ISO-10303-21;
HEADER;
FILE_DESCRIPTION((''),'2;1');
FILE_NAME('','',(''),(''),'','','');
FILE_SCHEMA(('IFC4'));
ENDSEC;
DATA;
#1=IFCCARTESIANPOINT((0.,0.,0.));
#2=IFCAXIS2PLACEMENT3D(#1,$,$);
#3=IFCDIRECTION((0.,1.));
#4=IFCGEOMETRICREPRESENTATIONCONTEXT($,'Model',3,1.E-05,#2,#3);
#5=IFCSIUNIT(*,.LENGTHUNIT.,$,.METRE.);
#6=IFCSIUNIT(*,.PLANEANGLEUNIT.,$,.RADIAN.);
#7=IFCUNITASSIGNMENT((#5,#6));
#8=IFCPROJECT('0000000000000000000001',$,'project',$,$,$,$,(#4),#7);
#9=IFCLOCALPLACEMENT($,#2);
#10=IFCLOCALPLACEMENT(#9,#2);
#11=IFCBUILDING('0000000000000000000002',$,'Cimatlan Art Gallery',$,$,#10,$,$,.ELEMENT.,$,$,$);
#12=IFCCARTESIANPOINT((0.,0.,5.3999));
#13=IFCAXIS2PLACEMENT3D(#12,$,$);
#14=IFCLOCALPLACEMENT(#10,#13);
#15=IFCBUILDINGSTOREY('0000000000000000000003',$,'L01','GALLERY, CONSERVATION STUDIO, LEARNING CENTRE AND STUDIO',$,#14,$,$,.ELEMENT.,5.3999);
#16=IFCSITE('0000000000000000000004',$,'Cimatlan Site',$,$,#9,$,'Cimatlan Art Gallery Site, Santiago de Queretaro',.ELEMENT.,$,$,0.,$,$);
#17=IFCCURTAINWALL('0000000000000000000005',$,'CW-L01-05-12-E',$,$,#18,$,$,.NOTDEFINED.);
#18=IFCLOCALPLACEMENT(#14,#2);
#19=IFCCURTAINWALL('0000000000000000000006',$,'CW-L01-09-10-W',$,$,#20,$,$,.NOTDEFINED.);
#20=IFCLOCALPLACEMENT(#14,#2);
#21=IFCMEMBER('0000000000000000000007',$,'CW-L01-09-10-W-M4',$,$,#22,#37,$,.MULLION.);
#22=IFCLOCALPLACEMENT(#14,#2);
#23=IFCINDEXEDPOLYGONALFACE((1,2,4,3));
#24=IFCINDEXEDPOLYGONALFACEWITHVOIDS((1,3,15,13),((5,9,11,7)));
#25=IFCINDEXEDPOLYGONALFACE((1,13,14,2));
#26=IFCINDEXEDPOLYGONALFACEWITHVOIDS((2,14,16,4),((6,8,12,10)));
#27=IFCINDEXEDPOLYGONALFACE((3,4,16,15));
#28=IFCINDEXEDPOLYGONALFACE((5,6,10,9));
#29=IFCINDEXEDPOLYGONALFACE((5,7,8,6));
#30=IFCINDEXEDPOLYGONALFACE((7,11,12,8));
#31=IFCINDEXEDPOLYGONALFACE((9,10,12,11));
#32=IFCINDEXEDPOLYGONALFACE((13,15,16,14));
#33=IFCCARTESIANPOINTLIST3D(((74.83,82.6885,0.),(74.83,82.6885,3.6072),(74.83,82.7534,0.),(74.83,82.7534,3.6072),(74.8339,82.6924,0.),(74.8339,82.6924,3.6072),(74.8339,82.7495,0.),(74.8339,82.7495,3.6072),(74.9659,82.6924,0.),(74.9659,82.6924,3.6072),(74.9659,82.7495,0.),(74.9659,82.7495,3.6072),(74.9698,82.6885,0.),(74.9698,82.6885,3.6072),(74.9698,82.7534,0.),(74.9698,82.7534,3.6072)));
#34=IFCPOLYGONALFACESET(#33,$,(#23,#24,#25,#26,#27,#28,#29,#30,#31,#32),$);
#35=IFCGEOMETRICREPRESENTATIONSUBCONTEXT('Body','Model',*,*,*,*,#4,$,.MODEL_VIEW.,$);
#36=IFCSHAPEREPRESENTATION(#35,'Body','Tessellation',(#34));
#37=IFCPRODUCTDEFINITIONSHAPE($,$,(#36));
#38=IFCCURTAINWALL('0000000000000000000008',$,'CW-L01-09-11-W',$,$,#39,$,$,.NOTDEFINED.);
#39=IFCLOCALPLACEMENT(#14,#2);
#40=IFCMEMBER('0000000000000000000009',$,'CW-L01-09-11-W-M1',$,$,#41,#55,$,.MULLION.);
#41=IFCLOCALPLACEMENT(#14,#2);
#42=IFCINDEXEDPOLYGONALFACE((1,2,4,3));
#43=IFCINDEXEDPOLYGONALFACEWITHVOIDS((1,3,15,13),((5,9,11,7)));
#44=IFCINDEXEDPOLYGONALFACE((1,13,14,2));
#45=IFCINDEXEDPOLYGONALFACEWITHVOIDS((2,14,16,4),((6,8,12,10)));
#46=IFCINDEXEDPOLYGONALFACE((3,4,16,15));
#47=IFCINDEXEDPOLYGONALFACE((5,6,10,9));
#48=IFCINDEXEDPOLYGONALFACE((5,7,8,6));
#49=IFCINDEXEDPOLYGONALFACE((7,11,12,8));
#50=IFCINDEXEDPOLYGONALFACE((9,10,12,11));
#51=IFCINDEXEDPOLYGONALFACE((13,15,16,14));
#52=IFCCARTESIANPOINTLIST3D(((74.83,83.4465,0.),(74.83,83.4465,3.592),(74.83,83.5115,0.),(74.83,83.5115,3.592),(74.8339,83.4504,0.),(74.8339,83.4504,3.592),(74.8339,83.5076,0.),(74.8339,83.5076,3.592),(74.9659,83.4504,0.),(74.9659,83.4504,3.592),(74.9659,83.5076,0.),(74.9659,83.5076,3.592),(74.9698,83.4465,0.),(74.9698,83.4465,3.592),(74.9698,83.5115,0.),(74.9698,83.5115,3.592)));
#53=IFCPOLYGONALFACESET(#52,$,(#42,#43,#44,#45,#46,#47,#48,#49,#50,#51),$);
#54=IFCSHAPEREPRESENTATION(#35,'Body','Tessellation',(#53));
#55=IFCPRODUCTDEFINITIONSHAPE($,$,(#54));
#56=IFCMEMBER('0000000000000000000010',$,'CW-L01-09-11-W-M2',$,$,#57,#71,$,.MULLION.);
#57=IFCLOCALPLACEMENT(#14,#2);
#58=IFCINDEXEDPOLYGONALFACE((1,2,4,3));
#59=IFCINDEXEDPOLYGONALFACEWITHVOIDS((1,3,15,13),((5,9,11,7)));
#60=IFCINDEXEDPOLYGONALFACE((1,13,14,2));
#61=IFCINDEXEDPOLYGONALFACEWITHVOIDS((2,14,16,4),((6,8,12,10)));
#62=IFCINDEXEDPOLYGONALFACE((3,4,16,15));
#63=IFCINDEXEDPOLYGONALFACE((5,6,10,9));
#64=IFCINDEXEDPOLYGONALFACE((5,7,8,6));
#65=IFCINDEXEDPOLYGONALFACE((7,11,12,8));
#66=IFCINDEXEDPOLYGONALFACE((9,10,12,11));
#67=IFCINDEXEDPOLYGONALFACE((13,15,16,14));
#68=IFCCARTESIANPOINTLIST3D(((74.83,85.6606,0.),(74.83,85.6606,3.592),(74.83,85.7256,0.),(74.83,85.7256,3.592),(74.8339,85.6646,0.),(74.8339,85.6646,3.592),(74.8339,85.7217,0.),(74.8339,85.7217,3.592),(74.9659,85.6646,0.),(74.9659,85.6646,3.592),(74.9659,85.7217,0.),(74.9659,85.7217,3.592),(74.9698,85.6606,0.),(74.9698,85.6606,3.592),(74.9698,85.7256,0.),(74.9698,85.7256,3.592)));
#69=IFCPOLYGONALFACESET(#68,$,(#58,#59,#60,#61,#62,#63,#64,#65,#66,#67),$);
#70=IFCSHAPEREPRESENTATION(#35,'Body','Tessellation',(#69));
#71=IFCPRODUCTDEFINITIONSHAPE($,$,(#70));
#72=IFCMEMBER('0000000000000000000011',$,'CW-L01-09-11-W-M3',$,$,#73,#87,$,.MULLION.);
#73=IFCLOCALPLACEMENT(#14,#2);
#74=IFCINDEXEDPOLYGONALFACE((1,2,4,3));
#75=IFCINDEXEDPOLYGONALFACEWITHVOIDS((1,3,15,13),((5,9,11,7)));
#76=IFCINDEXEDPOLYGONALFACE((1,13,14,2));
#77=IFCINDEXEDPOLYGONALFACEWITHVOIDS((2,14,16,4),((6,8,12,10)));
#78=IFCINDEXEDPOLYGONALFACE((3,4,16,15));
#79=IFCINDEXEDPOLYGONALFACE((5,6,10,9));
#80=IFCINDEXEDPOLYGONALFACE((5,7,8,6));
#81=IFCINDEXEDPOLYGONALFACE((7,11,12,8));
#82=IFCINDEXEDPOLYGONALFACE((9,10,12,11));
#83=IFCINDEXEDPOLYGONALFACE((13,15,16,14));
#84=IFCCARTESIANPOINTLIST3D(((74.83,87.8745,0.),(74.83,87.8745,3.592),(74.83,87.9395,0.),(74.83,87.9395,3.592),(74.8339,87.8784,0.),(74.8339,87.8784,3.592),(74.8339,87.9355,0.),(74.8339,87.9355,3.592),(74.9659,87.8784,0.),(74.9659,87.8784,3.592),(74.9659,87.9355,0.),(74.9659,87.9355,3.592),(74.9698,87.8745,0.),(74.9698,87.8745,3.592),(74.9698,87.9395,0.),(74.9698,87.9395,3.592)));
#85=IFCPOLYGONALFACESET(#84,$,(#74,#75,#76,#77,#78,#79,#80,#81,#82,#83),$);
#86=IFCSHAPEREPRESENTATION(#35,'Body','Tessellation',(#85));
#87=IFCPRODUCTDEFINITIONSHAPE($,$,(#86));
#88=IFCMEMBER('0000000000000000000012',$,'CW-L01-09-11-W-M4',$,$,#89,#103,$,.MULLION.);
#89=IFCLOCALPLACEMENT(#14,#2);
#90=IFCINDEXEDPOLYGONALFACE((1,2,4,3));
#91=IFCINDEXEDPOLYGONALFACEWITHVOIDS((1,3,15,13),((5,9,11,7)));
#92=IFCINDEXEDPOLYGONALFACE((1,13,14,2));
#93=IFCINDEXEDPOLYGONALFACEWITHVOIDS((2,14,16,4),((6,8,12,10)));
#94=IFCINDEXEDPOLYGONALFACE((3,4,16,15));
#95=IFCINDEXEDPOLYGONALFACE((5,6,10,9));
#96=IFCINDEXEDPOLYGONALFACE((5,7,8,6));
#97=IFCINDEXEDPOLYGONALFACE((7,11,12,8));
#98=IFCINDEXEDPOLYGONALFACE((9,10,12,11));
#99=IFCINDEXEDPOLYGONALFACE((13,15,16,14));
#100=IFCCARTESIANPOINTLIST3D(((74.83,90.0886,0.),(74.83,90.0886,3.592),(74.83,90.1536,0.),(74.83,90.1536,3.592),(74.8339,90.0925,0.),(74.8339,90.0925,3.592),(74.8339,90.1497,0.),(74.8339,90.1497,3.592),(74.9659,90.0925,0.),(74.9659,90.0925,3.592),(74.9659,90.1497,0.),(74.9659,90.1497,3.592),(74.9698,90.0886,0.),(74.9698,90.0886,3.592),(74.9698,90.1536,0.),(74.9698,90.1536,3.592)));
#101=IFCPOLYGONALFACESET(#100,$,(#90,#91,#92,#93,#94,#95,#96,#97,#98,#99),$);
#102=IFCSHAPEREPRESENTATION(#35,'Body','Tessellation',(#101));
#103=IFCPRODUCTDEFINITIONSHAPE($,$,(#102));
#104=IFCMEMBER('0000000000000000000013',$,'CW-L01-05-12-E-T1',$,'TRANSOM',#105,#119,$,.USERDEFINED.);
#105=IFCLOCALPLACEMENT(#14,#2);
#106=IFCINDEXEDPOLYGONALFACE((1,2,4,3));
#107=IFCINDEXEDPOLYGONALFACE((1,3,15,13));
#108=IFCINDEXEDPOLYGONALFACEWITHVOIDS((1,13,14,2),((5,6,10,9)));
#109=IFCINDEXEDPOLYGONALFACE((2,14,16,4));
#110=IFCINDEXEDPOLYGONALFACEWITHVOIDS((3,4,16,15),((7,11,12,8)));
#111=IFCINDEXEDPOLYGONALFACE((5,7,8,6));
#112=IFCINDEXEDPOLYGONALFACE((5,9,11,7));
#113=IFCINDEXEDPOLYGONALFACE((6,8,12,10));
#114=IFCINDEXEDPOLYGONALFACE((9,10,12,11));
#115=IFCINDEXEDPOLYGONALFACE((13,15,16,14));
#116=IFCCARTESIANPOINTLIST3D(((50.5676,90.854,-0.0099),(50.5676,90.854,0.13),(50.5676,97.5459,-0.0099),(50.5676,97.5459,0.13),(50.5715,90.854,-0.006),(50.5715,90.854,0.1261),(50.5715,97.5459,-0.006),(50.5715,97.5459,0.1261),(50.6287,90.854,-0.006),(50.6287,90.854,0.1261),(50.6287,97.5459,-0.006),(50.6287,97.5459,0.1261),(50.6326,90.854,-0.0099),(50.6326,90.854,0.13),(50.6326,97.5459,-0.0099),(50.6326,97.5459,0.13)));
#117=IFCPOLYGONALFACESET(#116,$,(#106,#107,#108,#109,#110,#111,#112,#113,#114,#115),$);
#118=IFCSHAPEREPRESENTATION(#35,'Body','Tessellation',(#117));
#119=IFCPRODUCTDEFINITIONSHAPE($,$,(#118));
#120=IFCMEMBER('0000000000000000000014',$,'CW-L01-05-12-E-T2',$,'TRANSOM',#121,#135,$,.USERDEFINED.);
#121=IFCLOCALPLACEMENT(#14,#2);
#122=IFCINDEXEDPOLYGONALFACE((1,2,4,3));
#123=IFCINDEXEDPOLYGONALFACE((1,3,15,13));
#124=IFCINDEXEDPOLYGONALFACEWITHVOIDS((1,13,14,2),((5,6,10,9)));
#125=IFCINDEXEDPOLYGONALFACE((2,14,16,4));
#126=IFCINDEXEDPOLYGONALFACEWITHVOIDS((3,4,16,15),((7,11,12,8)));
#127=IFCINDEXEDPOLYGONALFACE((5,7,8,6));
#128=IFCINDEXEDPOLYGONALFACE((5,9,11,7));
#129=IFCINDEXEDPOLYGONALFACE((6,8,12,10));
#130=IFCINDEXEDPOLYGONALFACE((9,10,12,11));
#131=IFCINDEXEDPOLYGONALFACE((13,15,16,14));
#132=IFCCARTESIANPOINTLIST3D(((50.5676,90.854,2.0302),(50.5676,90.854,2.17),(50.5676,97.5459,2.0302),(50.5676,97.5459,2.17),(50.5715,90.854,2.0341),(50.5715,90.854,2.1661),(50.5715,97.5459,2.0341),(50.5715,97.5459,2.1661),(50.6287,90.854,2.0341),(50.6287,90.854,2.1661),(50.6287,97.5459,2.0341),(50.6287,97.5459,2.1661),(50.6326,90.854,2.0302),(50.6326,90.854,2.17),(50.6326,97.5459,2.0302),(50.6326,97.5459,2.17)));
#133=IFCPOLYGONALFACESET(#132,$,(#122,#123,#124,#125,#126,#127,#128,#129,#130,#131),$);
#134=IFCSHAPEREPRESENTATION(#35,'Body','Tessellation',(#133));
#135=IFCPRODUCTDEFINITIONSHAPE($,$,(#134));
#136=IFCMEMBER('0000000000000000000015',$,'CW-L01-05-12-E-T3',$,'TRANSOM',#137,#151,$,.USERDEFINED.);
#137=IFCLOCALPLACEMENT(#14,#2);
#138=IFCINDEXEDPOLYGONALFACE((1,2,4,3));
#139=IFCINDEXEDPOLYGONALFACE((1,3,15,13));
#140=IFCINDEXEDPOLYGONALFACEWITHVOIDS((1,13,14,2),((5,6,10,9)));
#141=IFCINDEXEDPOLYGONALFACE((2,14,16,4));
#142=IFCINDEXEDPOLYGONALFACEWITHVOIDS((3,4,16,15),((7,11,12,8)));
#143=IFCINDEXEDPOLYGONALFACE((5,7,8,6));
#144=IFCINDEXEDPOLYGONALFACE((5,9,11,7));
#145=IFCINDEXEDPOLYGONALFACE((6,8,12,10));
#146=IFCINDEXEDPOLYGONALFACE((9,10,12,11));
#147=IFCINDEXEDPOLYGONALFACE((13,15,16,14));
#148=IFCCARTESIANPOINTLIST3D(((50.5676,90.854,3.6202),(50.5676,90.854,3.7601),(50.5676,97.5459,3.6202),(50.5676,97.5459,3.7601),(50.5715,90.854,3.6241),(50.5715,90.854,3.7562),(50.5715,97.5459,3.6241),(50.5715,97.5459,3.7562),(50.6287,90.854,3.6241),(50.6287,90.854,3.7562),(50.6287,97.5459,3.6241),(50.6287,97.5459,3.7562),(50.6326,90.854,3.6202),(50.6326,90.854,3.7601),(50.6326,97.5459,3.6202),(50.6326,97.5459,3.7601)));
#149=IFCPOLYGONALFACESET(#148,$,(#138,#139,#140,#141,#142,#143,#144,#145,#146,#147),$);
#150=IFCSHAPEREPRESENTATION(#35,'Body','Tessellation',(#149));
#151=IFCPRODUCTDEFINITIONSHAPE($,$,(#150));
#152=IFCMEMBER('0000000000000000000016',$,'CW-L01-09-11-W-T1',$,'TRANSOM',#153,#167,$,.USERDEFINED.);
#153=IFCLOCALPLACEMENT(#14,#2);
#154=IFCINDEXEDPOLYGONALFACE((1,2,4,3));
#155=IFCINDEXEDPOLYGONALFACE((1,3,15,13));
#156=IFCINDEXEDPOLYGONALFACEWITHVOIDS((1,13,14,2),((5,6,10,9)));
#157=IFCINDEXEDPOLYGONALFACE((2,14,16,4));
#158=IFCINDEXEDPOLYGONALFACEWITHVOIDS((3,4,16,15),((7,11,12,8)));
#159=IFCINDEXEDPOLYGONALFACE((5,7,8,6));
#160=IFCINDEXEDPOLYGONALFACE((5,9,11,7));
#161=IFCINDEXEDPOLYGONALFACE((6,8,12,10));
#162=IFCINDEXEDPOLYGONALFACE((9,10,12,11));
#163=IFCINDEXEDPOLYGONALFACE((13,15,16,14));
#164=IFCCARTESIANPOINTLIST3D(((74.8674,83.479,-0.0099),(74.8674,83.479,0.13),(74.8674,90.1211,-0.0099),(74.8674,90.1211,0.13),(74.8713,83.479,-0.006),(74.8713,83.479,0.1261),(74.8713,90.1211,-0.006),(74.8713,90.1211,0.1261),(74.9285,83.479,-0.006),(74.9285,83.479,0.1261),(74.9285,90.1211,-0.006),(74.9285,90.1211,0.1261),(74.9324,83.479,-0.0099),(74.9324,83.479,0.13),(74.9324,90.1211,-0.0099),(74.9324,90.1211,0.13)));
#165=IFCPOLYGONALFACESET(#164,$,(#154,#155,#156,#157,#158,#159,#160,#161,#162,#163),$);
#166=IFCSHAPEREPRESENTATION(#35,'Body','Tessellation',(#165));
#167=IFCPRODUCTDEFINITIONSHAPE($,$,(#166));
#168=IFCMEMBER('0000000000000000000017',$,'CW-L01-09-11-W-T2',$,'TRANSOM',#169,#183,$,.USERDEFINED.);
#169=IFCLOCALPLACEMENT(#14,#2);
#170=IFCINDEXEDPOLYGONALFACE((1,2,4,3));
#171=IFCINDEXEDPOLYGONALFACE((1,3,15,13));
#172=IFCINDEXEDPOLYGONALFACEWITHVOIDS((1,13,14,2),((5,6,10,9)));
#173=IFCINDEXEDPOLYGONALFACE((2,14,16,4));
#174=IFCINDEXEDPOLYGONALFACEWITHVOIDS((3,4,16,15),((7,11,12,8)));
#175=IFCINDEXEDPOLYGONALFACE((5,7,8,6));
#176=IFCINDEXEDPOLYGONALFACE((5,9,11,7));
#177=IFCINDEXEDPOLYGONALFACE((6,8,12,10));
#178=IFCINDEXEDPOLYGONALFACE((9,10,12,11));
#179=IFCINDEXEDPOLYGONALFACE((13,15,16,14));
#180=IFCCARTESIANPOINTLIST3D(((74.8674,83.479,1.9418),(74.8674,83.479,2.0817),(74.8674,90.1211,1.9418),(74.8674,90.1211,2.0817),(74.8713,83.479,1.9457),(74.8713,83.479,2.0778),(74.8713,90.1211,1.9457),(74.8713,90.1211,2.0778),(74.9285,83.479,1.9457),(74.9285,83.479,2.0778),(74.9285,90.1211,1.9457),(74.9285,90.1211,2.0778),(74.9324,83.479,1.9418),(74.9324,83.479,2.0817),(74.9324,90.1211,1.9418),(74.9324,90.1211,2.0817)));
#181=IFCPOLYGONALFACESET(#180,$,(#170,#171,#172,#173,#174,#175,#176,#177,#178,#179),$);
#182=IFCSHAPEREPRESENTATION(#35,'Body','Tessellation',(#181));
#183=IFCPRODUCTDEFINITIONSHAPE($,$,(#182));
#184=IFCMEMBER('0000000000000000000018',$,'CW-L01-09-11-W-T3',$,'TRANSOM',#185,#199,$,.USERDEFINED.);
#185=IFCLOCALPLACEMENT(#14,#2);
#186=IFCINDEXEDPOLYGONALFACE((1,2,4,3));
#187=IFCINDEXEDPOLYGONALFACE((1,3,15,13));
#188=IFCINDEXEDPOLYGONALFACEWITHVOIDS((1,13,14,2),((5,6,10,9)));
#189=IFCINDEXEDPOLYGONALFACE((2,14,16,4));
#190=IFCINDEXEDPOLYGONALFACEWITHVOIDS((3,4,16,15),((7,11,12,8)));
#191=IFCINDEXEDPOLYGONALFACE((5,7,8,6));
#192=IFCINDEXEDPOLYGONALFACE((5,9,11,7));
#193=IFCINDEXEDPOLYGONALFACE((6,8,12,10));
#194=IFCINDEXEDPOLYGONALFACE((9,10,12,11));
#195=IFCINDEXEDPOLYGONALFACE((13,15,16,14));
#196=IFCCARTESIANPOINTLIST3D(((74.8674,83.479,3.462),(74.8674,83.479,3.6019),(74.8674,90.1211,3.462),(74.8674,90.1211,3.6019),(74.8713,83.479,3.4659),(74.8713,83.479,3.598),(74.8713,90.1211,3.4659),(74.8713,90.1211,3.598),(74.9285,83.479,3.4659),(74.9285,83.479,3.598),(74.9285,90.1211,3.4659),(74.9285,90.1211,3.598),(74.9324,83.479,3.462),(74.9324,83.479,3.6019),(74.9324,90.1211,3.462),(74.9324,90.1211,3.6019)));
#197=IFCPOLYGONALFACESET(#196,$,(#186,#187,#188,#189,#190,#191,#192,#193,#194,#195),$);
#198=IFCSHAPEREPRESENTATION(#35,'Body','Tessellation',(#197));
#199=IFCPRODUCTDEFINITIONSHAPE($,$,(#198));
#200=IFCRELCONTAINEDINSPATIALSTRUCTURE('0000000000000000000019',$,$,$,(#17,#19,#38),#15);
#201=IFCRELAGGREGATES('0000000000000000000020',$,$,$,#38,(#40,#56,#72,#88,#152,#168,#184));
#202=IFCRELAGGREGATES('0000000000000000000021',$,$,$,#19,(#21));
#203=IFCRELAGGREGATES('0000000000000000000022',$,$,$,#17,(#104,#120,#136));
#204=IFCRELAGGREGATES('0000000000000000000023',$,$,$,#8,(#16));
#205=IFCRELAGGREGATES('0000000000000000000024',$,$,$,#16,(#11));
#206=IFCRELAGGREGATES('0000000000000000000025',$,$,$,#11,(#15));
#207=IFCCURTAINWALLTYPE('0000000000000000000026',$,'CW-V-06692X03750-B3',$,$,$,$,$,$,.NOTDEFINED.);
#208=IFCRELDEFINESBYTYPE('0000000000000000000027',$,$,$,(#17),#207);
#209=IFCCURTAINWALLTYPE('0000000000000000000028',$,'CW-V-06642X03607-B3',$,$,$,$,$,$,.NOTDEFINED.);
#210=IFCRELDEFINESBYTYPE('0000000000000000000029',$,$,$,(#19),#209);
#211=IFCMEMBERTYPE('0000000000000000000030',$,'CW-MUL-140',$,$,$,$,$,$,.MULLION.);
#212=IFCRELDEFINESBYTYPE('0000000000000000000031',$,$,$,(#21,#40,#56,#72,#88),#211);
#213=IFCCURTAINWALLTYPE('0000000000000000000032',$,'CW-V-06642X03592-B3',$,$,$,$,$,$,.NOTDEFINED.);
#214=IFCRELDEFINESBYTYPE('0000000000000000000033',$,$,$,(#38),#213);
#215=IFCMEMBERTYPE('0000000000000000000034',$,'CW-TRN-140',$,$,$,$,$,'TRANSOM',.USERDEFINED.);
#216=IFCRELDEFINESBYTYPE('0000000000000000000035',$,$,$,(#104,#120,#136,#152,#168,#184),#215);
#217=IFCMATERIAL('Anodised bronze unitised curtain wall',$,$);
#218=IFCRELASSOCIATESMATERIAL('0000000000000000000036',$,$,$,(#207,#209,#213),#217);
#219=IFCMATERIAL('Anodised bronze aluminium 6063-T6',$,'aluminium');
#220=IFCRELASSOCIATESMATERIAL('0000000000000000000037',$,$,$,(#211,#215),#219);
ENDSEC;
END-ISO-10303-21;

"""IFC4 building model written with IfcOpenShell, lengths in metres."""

from ifc_helpers import new_model, si_unit, direction, frame, origin, origin_2d, place, context, subcontext, project, spatial, hollow_rectangle, extrude, material, material_profile, profile_set, type_object, element, aggregate, save


model = new_model("IFC4")

# Units and contexts
model_context = context("Model", 3, precision=1e-05, world=origin(), true_north=direction((0.0, 1.0)))
body_context = subcontext(model_context, "Body", "Model", "MODEL_VIEW")
ifc_project = project(units=[si_unit("LENGTHUNIT", "METRE"), si_unit("PLANEANGLEUNIT", "RADIAN")], contexts=[model_context])

# Site, building, storey
site_placement = place(None, origin())
site = spatial("IfcSite", under=ifc_project, at=site_placement, Name="Cimatlan Site", LongName="Cimatlan Art Gallery Site, Santiago de Queretaro", CompositionType="ELEMENT", RefElevation=0.0)
building_placement = place(site_placement, origin())
building = spatial("IfcBuilding", under=site, at=building_placement, Name="Cimatlan Art Gallery", CompositionType="ELEMENT")
storey_placement = place(building_placement, frame((0.0, 0.0, 5.3999)))
storey = spatial("IfcBuildingStorey", under=building, at=storey_placement, Name="L01", Description="GALLERY, CONSERVATION STUDIO, LEARNING CENTRE AND STUDIO", CompositionType="ELEMENT", Elevation=5.3999)

# Curtain wall
ifc_material_1 = material(Name="Anodised bronze unitised curtain wall")
curtain_wall_type_1 = type_object("IfcCurtainWallType", Name="CW-V-06692X03750-B3", PredefinedType="NOTDEFINED", material=ifc_material_1)
curtain_wall_1_placement = place(storey_placement, origin())
curtain_wall_1 = element("IfcCurtainWall", 1, at=curtain_wall_1_placement, inside=storey, type_object=curtain_wall_type_1, Name="CW-L01-05-12-E", PredefinedType="NOTDEFINED")
ifc_material_2 = material(Name="Anodised bronze aluminium 6063-T6", Category="aluminium")
ifc_material_profile_1 = material_profile(ifc_material_2, hollow_rectangle(XDim=0.0649, YDim=0.1399, WallThickness=0.0039, at=origin_2d()), Name="ALU65X140X4")
ifc_profile_set_1 = profile_set([ifc_material_profile_1], Name="Anodised bronze aluminium 6063-T6")
member_type_1 = type_object("IfcMemberType", Name="CW-MUL-140", PredefinedType="MULLION", material=ifc_profile_set_1)

# Curtain wall, member
curtain_wall_type_2 = type_object("IfcCurtainWallType", Name="CW-V-06642X03607-B3", PredefinedType="NOTDEFINED", material=ifc_material_1)
curtain_wall_2_placement = place(storey_placement, origin())
curtain_wall_2 = element("IfcCurtainWall", 2, at=curtain_wall_2_placement, inside=storey, type_object=curtain_wall_type_2, Name="CW-L01-09-10-W", PredefinedType="NOTDEFINED")
member_1_placement = place(storey_placement, frame((74.8999, 82.7209, 0.0), z_axis=(0.0, 0.0, 1.0), x_axis=(0.0, 1.0, 0.0)))
member_1 = element("IfcMember", 3, at=member_1_placement, type_object=member_type_1, Name="CW-L01-09-10-W-M4", PredefinedType="MULLION", context=body_context, shape_type="SweptSolid", body=[
    extrude(hollow_rectangle(XDim=0.0649, YDim=0.1399, WallThickness=0.0039, at=origin_2d()), origin(), (0.0, 0.0, 1.0), 3.6072),
])

# Curtain wall, members
curtain_wall_type_3 = type_object("IfcCurtainWallType", Name="CW-V-06642X03592-B3", PredefinedType="NOTDEFINED", material=ifc_material_1)
curtain_wall_3_placement = place(storey_placement, origin())
curtain_wall_3 = element("IfcCurtainWall", 4, at=curtain_wall_3_placement, inside=storey, type_object=curtain_wall_type_3, Name="CW-L01-09-11-W", PredefinedType="NOTDEFINED")
member_2_placement = place(storey_placement, frame((74.8999, 83.479, 0.0), z_axis=(0.0, 0.0, 1.0), x_axis=(0.0, 1.0, 0.0)))
member_2 = element("IfcMember", 5, at=member_2_placement, type_object=member_type_1, Name="CW-L01-09-11-W-M1", PredefinedType="MULLION", context=body_context, shape_type="SweptSolid", body=[
    extrude(hollow_rectangle(XDim=0.0649, YDim=0.1399, WallThickness=0.0039, at=origin_2d()), origin(), (0.0, 0.0, 1.0), 3.592),
])
member_3_placement = place(storey_placement, frame((74.8999, 85.6931, 0.0), z_axis=(0.0, 0.0, 1.0), x_axis=(0.0, 1.0, 0.0)))
member_3 = element("IfcMember", 6, at=member_3_placement, type_object=member_type_1, Name="CW-L01-09-11-W-M2", PredefinedType="MULLION", context=body_context, shape_type="SweptSolid", body=[
    extrude(hollow_rectangle(XDim=0.0649, YDim=0.1399, WallThickness=0.0039, at=origin_2d()), origin(), (0.0, 0.0, 1.0), 3.592),
])
member_4_placement = place(storey_placement, frame((74.8999, 87.907, 0.0), z_axis=(0.0, 0.0, 1.0), x_axis=(0.0, 1.0, 0.0)))
member_4 = element("IfcMember", 7, at=member_4_placement, type_object=member_type_1, Name="CW-L01-09-11-W-M3", PredefinedType="MULLION", context=body_context, shape_type="SweptSolid", body=[
    extrude(hollow_rectangle(XDim=0.0649, YDim=0.1399, WallThickness=0.0039, at=origin_2d()), origin(), (0.0, 0.0, 1.0), 3.592),
])
member_5_placement = place(storey_placement, frame((74.8999, 90.1211, 0.0), z_axis=(0.0, 0.0, 1.0), x_axis=(0.0, 1.0, 0.0)))
member_5 = element("IfcMember", 8, at=member_5_placement, type_object=member_type_1, Name="CW-L01-09-11-W-M4", PredefinedType="MULLION", context=body_context, shape_type="SweptSolid", body=[
    extrude(hollow_rectangle(XDim=0.0649, YDim=0.1399, WallThickness=0.0039, at=origin_2d()), origin(), (0.0, 0.0, 1.0), 3.592),
])

# Members
ifc_material_profile_2 = material_profile(ifc_material_2, hollow_rectangle(XDim=0.0649, YDim=0.1399, WallThickness=0.0039, at=origin_2d()), Name="ALU65X140X4")
ifc_profile_set_2 = profile_set([ifc_material_profile_2], Name="Anodised bronze aluminium 6063-T6")
member_type_2 = type_object("IfcMemberType", Name="CW-TRN-140", ElementType="TRANSOM", PredefinedType="USERDEFINED", material=ifc_profile_set_2)
member_6_placement = place(storey_placement, frame((50.6001, 97.5459, 0.0601), z_axis=(0.0, -1.0, 0.0), x_axis=(1.0, 0.0, 0.0)))
member_6 = element("IfcMember", 9, at=member_6_placement, type_object=member_type_2, Name="CW-L01-05-12-E-T1", ObjectType="TRANSOM", PredefinedType="USERDEFINED", context=body_context, shape_type="SweptSolid", body=[
    extrude(hollow_rectangle(XDim=0.0649, YDim=0.1399, WallThickness=0.0039, at=origin_2d()), origin(), (0.0, 0.0, 1.0), 6.6919),
])
member_7_placement = place(storey_placement, frame((50.6001, 97.5459, 2.1001), z_axis=(0.0, -1.0, 0.0), x_axis=(1.0, 0.0, 0.0)))
member_7 = element("IfcMember", 10, at=member_7_placement, type_object=member_type_2, Name="CW-L01-05-12-E-T2", ObjectType="TRANSOM", PredefinedType="USERDEFINED", context=body_context, shape_type="SweptSolid", body=[
    extrude(hollow_rectangle(XDim=0.0649, YDim=0.1399, WallThickness=0.0039, at=origin_2d()), origin(), (0.0, 0.0, 1.0), 6.6919),
])
member_8_placement = place(storey_placement, frame((50.6001, 97.5459, 3.6902), z_axis=(0.0, -1.0, 0.0), x_axis=(1.0, 0.0, 0.0)))
member_8 = element("IfcMember", 11, at=member_8_placement, type_object=member_type_2, Name="CW-L01-05-12-E-T3", ObjectType="TRANSOM", PredefinedType="USERDEFINED", context=body_context, shape_type="SweptSolid", body=[
    extrude(hollow_rectangle(XDim=0.0649, YDim=0.1399, WallThickness=0.0039, at=origin_2d()), origin(), (0.0, 0.0, 1.0), 6.6919),
])
member_9_placement = place(storey_placement, frame((74.8999, 83.479, 0.0601), z_axis=(0.0, 1.0, 0.0), x_axis=(-1.0, 0.0, 0.0)))
member_9 = element("IfcMember", 12, at=member_9_placement, type_object=member_type_2, Name="CW-L01-09-11-W-T1", ObjectType="TRANSOM", PredefinedType="USERDEFINED", context=body_context, shape_type="SweptSolid", body=[
    extrude(hollow_rectangle(XDim=0.0649, YDim=0.1399, WallThickness=0.0039, at=origin_2d()), origin(), (0.0, 0.0, 1.0), 6.6421),
])
member_10_placement = place(storey_placement, frame((74.8999, 83.479, 2.0117), z_axis=(0.0, 1.0, 0.0), x_axis=(-1.0, 0.0, 0.0)))
member_10 = element("IfcMember", 13, at=member_10_placement, type_object=member_type_2, Name="CW-L01-09-11-W-T2", ObjectType="TRANSOM", PredefinedType="USERDEFINED", context=body_context, shape_type="SweptSolid", body=[
    extrude(hollow_rectangle(XDim=0.0649, YDim=0.1399, WallThickness=0.0039, at=origin_2d()), origin(), (0.0, 0.0, 1.0), 6.6421),
])
member_11_placement = place(storey_placement, frame((74.8999, 83.479, 3.532), z_axis=(0.0, 1.0, 0.0), x_axis=(-1.0, 0.0, 0.0)))
member_11 = element("IfcMember", 14, at=member_11_placement, type_object=member_type_2, Name="CW-L01-09-11-W-T3", ObjectType="TRANSOM", PredefinedType="USERDEFINED", context=body_context, shape_type="SweptSolid", body=[
    extrude(hollow_rectangle(XDim=0.0649, YDim=0.1399, WallThickness=0.0039, at=origin_2d()), origin(), (0.0, 0.0, 1.0), 6.6421),
])

aggregate(curtain_wall_3, [member_2, member_3, member_4, member_5, member_9, member_10, member_11])
aggregate(curtain_wall_2, [member_1])
aggregate(curtain_wall_1, [member_6, member_7, member_8])

save(model, "model.ifc")
